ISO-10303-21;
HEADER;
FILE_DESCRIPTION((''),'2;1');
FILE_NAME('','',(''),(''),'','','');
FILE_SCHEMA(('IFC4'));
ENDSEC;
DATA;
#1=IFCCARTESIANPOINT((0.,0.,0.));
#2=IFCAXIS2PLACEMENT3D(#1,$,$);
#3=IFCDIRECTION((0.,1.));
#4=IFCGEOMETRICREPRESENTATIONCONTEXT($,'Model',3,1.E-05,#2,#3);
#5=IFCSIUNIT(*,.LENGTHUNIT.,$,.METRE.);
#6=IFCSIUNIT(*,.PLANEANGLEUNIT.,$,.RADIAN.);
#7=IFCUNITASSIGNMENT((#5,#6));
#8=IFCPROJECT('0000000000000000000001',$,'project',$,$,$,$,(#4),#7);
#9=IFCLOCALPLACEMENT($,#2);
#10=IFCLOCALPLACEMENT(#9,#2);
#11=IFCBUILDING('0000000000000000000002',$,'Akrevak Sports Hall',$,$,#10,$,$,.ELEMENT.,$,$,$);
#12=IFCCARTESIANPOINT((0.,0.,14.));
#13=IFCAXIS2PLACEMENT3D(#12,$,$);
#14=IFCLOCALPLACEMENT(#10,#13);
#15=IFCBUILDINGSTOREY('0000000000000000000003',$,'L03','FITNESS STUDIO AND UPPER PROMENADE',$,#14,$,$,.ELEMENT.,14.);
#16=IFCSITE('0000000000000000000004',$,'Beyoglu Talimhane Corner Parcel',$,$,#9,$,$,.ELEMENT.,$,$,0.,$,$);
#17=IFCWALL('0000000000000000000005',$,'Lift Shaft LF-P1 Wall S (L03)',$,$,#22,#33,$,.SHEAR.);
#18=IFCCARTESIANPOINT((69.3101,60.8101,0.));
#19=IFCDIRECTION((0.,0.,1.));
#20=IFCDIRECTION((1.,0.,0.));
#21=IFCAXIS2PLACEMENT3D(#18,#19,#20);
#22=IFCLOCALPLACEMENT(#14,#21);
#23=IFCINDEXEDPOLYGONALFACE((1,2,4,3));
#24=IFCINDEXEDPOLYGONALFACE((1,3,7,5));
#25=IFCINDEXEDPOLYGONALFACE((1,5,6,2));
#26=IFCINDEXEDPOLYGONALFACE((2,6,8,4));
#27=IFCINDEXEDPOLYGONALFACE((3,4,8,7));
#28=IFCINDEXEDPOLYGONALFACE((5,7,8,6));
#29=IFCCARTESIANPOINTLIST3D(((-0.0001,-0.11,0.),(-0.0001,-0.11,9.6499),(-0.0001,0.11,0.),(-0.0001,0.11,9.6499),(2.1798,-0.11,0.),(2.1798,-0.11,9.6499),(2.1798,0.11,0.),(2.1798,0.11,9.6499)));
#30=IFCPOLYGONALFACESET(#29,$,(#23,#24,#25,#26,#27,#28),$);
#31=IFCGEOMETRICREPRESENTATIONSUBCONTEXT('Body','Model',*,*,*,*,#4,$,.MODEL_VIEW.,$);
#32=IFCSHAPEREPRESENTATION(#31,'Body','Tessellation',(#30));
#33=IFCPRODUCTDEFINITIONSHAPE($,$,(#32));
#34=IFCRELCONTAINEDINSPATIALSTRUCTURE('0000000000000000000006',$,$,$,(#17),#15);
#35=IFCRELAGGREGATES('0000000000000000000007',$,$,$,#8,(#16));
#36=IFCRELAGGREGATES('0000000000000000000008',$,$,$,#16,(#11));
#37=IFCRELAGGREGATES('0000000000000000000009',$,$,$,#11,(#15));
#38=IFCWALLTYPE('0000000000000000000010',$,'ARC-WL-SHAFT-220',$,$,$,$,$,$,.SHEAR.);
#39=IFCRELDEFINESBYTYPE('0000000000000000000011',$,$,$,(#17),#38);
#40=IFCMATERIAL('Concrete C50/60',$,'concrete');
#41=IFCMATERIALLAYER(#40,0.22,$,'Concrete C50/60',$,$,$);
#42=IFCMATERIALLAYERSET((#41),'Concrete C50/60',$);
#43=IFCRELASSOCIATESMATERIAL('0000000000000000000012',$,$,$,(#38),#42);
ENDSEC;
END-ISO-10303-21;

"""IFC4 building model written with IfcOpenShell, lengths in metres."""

from ifc_helpers import new_model, si_unit, direction, frame, frame_2d, origin, place, context, subcontext, project, spatial, rectangle, extrude, material, layer, layer_set, type_object, element, save


model = new_model("IFC4")

# Units and contexts
model_context = context("Model", 3, precision=1e-05, world=origin(), true_north=direction((0.0, 1.0)))
body_context = subcontext(model_context, "Body", "Model", "MODEL_VIEW")
ifc_project = project(units=[si_unit("LENGTHUNIT", "METRE"), si_unit("PLANEANGLEUNIT", "RADIAN")], contexts=[model_context])

# Site, building, storey
site_placement = place(None, origin())
site = spatial("IfcSite", under=ifc_project, at=site_placement, Name="Beyoglu Talimhane Corner Parcel", CompositionType="ELEMENT", RefElevation=0.0)
building_placement = place(site_placement, origin())
building = spatial("IfcBuilding", under=site, at=building_placement, Name="Akrevak Sports Hall", CompositionType="ELEMENT")
storey_placement = place(building_placement, frame((0.0, 0.0, 14.0)))
storey = spatial("IfcBuildingStorey", under=building, at=storey_placement, Name="L03", Description="FITNESS STUDIO AND UPPER PROMENADE", CompositionType="ELEMENT", Elevation=14.0)

# Shared definitions
ifc_material_1 = material(Name="Concrete C50/60", Category="concrete")

# Wall
ifc_layer_1 = layer(ifc_material_1, 0.22, Name="Concrete C50/60")
ifc_layer_set_1 = layer_set([ifc_layer_1], Name="Concrete C50/60")
wall_type_1 = type_object("IfcWallType", Name="ARC-WL-SHAFT-220", PredefinedType="SHEAR", material=ifc_layer_set_1)
wall_1_placement = place(storey_placement, frame((69.3101, 60.8101, 0.0), z_axis=(0.0, 0.0, 1.0), x_axis=(1.0, 0.0, 0.0)))
element("IfcWall", 1, at=wall_1_placement, inside=storey, type_object=wall_type_1, Name="Lift Shaft LF-P1 Wall S (L03)", PredefinedType="SHEAR", context=body_context, shape_type="SweptSolid", body=[
    extrude(rectangle(XDim=2.1799, YDim=0.22, at=frame_2d((1.0898, 0.0))), origin(), (0.0, 0.0, 1.0), 9.6499),
])

save(model, "model.ifc")
